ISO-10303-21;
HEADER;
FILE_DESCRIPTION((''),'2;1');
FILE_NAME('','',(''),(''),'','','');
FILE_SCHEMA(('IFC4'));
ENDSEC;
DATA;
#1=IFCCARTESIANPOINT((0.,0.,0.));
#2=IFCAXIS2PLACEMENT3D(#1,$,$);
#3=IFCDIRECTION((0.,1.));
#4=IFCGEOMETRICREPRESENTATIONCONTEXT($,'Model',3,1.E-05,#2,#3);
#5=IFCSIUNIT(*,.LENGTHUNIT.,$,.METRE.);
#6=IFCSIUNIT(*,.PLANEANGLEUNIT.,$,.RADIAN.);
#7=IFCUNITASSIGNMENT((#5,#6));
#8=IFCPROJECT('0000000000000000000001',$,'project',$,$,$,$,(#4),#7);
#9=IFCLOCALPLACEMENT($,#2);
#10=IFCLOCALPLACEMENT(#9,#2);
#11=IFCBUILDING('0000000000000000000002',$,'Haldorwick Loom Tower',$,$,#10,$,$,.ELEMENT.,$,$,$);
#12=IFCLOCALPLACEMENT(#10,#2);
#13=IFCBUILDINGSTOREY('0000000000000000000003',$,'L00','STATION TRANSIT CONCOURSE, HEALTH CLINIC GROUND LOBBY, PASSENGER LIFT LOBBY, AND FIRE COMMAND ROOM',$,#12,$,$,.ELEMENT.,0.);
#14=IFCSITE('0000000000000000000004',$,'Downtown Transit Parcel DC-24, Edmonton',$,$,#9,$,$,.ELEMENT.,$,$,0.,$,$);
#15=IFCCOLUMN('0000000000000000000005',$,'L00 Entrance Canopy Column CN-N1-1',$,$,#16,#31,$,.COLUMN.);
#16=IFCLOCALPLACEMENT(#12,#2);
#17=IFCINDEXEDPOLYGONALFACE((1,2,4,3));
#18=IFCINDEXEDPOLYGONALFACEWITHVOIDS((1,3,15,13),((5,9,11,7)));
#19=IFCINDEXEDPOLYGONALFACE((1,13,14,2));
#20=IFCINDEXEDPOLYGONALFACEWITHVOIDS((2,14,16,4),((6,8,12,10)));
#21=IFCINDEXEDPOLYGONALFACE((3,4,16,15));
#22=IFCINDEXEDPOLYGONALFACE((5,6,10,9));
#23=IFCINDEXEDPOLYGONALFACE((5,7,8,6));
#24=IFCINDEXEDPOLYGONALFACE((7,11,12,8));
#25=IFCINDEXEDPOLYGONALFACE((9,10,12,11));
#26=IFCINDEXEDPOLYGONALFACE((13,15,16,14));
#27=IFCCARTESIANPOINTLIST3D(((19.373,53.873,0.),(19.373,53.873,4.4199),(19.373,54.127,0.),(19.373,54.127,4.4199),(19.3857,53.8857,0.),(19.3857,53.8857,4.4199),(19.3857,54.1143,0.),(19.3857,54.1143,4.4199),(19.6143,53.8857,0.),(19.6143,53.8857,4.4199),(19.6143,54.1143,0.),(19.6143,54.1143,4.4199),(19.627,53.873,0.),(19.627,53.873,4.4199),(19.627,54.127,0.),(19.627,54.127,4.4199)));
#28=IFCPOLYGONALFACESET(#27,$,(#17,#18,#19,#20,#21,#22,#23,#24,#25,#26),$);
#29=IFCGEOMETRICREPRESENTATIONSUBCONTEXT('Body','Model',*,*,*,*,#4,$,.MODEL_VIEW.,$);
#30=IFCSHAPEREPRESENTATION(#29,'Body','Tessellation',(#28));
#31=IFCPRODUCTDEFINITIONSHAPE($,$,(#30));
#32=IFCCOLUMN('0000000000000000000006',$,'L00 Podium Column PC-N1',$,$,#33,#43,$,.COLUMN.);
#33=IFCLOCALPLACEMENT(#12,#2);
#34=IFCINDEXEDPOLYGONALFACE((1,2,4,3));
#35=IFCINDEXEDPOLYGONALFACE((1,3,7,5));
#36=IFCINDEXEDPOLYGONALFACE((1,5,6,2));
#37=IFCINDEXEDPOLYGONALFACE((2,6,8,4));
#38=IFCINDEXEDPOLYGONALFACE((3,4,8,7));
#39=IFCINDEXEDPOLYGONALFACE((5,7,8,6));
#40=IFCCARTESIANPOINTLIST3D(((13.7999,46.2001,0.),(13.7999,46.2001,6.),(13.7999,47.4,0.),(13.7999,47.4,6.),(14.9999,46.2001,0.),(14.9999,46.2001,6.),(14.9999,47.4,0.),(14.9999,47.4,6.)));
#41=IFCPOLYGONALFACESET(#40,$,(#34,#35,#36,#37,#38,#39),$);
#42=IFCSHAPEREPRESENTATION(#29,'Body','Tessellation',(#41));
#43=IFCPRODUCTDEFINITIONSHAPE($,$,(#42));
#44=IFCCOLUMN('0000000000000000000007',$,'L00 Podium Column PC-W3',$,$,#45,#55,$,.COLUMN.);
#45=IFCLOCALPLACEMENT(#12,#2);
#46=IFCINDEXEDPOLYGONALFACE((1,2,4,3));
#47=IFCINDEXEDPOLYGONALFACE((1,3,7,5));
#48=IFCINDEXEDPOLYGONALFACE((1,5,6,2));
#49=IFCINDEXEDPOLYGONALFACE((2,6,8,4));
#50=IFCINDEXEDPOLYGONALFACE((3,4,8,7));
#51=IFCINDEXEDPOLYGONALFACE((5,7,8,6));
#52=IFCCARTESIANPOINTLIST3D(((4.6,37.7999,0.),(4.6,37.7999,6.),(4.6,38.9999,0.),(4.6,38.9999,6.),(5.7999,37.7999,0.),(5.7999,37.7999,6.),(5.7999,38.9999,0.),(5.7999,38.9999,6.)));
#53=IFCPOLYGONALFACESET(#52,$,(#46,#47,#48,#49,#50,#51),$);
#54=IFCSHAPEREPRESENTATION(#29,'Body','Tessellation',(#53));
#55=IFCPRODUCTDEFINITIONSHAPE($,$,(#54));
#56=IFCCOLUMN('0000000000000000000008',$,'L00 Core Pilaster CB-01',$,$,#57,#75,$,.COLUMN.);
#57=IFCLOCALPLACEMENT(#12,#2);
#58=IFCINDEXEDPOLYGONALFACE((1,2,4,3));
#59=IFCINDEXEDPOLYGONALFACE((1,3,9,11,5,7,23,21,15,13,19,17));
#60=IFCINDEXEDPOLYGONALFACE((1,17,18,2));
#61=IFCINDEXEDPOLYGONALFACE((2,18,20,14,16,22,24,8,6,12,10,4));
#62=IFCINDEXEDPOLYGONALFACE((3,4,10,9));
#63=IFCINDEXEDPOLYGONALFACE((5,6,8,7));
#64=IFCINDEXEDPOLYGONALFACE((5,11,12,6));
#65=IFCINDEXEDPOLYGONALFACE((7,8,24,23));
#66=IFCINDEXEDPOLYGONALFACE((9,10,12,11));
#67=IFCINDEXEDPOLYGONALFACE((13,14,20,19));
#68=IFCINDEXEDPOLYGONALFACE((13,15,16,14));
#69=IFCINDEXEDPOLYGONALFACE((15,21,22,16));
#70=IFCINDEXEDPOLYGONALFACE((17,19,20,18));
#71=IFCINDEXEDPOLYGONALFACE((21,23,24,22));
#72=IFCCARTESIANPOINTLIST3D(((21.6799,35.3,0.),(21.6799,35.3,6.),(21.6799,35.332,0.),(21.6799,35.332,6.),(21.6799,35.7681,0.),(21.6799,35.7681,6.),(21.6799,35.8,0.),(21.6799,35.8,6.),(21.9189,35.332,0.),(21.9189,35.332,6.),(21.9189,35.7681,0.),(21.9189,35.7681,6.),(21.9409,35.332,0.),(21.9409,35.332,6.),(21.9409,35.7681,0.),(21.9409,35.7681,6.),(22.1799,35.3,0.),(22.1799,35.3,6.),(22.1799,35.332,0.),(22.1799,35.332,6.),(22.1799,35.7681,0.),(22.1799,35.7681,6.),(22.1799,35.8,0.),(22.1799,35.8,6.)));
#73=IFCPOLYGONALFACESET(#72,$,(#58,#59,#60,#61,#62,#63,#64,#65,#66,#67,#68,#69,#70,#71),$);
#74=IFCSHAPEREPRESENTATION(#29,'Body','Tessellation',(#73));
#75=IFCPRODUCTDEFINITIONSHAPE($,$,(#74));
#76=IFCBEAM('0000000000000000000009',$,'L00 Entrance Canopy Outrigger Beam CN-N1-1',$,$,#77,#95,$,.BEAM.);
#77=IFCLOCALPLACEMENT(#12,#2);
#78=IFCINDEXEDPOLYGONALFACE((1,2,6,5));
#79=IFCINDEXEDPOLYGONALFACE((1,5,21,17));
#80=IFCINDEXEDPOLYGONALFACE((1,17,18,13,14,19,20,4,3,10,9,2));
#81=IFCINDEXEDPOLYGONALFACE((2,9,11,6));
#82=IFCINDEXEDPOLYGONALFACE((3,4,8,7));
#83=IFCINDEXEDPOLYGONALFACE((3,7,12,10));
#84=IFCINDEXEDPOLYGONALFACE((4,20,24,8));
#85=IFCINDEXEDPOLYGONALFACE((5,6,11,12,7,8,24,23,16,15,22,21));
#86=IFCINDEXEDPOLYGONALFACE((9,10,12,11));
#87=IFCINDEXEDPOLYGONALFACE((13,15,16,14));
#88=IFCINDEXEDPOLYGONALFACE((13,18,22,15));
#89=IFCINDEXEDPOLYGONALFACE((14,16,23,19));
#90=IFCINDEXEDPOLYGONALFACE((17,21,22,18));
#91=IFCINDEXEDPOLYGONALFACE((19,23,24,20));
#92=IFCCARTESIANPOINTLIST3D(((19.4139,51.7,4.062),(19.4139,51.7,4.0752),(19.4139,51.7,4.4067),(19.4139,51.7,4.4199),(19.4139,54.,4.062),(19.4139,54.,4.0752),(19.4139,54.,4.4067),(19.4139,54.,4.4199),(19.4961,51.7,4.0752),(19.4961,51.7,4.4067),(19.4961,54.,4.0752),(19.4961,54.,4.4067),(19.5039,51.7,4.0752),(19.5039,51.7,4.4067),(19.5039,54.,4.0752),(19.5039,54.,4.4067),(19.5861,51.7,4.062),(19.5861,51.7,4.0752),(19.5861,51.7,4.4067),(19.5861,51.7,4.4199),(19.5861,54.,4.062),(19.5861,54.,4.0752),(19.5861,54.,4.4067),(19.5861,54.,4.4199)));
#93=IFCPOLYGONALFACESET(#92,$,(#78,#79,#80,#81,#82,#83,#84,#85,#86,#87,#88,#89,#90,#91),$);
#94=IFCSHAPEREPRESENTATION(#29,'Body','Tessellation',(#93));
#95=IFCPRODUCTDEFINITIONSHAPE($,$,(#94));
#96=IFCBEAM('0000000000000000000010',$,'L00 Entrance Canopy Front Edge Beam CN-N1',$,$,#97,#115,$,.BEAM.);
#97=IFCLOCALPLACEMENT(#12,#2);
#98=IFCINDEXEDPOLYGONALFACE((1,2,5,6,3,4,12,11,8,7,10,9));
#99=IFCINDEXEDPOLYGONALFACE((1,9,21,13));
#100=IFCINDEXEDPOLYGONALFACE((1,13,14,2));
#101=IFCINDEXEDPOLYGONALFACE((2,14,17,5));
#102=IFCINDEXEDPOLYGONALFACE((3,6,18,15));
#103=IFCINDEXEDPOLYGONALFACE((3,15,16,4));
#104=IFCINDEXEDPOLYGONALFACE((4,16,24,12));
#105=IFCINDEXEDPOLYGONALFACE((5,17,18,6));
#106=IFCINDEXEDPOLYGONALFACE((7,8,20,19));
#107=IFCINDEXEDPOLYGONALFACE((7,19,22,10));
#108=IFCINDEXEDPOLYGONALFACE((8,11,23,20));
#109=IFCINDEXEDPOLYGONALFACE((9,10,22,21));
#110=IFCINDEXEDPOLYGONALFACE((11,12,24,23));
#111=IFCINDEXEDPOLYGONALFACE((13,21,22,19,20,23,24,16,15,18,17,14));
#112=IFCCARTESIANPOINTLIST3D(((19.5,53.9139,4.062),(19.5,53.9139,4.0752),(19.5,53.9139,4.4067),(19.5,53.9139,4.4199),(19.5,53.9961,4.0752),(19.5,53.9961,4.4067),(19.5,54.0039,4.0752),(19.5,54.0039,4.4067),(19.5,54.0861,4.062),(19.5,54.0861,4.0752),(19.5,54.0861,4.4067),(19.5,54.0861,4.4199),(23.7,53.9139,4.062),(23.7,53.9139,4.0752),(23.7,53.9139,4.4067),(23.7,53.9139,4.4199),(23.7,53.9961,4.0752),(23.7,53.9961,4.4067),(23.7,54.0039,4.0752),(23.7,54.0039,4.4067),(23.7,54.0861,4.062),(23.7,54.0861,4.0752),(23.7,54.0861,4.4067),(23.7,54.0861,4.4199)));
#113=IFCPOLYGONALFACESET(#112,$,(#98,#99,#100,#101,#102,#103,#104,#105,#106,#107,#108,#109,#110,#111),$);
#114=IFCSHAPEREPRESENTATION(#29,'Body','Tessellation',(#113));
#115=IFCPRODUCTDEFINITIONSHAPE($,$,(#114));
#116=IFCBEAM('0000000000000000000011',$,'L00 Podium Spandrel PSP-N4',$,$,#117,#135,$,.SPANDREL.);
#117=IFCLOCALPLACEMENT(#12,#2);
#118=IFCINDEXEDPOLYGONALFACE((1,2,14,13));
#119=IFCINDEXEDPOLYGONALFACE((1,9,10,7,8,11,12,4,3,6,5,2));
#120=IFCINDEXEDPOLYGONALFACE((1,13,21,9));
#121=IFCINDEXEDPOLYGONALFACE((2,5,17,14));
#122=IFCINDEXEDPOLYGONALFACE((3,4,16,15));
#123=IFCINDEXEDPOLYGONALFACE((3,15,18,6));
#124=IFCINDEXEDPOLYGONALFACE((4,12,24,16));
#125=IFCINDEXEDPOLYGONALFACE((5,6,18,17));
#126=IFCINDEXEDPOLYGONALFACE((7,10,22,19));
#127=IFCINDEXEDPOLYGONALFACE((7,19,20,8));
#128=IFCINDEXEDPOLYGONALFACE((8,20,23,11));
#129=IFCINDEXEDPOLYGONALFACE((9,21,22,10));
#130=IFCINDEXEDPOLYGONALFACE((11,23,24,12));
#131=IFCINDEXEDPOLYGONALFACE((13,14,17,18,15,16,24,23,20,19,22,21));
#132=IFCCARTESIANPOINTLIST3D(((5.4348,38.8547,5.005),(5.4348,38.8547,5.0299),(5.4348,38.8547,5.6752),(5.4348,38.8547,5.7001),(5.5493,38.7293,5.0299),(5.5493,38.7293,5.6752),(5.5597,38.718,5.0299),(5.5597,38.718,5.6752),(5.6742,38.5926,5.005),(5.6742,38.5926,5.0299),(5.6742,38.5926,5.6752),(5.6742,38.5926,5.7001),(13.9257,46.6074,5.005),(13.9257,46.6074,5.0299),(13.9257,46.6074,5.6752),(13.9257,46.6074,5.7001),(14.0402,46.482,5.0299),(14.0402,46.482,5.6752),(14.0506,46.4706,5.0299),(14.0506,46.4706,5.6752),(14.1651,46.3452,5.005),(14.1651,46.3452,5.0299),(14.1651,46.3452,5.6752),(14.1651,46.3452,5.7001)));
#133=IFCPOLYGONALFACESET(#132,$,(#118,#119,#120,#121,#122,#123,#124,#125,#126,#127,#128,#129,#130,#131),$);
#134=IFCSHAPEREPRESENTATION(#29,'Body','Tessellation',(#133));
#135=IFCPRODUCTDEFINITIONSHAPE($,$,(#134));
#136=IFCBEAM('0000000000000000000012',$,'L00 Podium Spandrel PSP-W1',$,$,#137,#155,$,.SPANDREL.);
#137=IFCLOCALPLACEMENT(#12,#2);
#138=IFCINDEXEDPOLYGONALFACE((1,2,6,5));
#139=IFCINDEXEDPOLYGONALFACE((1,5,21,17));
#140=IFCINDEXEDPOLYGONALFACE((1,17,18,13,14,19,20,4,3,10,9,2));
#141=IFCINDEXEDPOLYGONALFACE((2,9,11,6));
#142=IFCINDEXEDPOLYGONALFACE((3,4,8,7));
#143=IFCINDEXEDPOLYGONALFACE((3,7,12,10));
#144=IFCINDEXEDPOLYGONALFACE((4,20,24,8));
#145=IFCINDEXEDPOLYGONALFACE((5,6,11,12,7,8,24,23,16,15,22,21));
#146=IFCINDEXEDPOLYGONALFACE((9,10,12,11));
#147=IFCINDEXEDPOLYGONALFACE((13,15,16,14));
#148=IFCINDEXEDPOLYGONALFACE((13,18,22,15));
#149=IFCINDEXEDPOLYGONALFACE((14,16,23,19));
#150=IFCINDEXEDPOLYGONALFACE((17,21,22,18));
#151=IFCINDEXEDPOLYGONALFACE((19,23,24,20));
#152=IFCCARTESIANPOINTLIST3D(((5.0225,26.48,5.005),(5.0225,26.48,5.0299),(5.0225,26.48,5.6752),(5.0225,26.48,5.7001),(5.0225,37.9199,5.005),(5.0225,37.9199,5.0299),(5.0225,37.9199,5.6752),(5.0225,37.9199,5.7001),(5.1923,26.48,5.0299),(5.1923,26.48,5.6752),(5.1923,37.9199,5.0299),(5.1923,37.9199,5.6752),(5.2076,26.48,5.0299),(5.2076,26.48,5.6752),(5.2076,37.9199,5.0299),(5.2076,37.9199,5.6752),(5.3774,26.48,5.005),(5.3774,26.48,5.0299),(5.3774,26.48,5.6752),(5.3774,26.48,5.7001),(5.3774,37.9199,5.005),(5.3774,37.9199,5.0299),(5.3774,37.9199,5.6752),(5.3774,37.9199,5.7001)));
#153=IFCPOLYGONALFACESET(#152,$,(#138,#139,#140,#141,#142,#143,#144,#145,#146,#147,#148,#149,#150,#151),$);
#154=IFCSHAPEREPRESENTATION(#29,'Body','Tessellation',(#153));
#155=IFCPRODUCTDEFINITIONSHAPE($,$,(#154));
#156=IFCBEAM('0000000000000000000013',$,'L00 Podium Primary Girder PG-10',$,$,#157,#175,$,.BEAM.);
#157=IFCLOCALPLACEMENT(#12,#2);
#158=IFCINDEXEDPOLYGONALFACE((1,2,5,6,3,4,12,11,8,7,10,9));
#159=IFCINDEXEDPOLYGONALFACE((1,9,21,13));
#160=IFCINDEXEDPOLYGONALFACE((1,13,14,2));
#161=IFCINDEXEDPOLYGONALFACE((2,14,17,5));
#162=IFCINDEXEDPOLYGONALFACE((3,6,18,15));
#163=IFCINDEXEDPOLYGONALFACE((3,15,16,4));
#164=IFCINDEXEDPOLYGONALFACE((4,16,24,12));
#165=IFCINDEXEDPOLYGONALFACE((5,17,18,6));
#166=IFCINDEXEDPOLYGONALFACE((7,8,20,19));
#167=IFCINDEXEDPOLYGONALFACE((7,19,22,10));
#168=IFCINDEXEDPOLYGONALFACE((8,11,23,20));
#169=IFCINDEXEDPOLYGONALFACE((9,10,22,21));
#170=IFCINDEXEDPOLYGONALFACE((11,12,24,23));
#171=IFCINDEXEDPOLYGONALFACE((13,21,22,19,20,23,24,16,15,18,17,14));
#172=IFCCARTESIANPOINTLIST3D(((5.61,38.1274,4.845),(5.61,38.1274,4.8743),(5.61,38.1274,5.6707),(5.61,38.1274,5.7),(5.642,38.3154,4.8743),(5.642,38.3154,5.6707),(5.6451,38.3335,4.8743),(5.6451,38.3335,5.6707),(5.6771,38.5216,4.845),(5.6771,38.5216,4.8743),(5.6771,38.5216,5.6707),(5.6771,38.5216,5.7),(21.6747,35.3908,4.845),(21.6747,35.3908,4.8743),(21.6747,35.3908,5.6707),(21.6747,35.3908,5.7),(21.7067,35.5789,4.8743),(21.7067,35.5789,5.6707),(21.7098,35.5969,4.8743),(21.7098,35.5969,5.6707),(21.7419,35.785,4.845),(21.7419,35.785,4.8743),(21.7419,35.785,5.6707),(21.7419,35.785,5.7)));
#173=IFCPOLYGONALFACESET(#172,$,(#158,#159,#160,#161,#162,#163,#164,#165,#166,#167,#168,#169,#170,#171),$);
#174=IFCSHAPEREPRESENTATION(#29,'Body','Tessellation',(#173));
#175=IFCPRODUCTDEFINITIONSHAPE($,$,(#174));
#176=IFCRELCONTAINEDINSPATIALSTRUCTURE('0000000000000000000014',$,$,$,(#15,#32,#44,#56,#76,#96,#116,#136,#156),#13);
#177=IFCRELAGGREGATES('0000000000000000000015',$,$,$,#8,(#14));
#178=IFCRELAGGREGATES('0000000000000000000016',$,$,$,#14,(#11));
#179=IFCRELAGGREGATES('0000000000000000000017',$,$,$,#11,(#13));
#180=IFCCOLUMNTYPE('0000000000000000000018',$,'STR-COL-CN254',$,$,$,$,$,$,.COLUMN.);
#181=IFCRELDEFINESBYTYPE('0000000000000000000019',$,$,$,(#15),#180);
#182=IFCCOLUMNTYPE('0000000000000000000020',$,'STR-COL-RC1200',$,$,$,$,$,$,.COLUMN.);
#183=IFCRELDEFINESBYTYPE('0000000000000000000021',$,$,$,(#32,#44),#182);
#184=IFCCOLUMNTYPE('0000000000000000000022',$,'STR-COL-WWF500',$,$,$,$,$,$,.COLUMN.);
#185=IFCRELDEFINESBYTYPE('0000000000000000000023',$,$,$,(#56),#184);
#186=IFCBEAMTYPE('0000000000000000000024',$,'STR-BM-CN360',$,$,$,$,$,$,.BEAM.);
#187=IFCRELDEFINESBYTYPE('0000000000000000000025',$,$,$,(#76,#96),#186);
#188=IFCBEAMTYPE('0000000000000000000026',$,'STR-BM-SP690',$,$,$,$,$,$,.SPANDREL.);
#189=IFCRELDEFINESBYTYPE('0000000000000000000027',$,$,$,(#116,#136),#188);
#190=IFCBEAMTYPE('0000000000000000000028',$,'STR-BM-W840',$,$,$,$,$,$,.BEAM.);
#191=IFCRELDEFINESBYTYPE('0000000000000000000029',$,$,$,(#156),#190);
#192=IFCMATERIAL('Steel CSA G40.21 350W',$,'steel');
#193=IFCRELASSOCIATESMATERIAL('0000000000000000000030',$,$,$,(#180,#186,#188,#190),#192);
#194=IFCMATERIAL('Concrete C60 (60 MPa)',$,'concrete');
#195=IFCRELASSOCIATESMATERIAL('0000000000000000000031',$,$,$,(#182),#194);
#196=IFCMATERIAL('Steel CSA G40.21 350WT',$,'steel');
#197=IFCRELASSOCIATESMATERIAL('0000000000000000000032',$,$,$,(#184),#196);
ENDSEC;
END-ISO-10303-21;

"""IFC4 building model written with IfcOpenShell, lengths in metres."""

from ifc_helpers import new_model, si_unit, direction, frame, origin, origin_2d, place, context, subcontext, project, spatial, rectangle, hollow_rectangle, i_section, extrude, material, material_profile, profile_set, type_object, element, save


model = new_model("IFC4")

# Units and contexts
model_context = context("Model", 3, precision=1e-05, world=origin(), true_north=direction((0.0, 1.0)))
body_context = subcontext(model_context, "Body", "Model", "MODEL_VIEW")
ifc_project = project(units=[si_unit("LENGTHUNIT", "METRE"), si_unit("PLANEANGLEUNIT", "RADIAN")], contexts=[model_context])

# Site, building, storey
site_placement = place(None, origin())
site = spatial("IfcSite", under=ifc_project, at=site_placement, Name="Downtown Transit Parcel DC-24, Edmonton", CompositionType="ELEMENT", RefElevation=0.0)
building_placement = place(site_placement, origin())
building = spatial("IfcBuilding", under=site, at=building_placement, Name="Haldorwick Loom Tower", CompositionType="ELEMENT")
storey_placement = place(building_placement, origin())
storey = spatial("IfcBuildingStorey", under=building, at=storey_placement, Name="L00", Description="STATION TRANSIT CONCOURSE, HEALTH CLINIC GROUND LOBBY, PASSENGER LIFT LOBBY, AND FIRE COMMAND ROOM", CompositionType="ELEMENT", Elevation=0.0)

# Columns
ifc_material_1 = material(Name="Steel CSA G40.21 350W", Category="steel")
ifc_material_profile_1 = material_profile(ifc_material_1, hollow_rectangle(XDim=0.2539, YDim=0.2539, WallThickness=0.0127, at=origin_2d()), Name="HSS254X254X13", Category="steel")
ifc_profile_set_1 = profile_set([ifc_material_profile_1], Name="Steel CSA G40.21 350W")
column_type_1 = type_object("IfcColumnType", Name="STR-COL-CN254", PredefinedType="COLUMN", material=ifc_profile_set_1)
column_1_placement = place(storey_placement, frame((19.5, 54.0, 0.0), z_axis=(0.0, 0.0, 1.0), x_axis=(1.0, 0.0, 0.0)))
element("IfcColumn", 1, at=column_1_placement, inside=storey, type_object=column_type_1, Name="L00 Entrance Canopy Column CN-N1-1", PredefinedType="COLUMN", context=body_context, shape_type="SweptSolid", body=[
    extrude(hollow_rectangle(XDim=0.2539, YDim=0.2539, WallThickness=0.0127, at=origin_2d()), origin(), (0.0, 0.0, 1.0), 4.4199),
])
ifc_material_2 = material(Name="Concrete C60 (60 MPa)", Category="concrete")
ifc_material_profile_2 = material_profile(ifc_material_2, rectangle(XDim=1.2, YDim=1.2, at=origin_2d()), Name="RC1200X1200", Category="concrete")
ifc_profile_set_2 = profile_set([ifc_material_profile_2], Name="Concrete C60 (60 MPa)")
column_type_2 = type_object("IfcColumnType", Name="STR-COL-RC1200", PredefinedType="COLUMN", material=ifc_profile_set_2)
for number, where, z_axis, x_axis, name in (
    (2, (14.3999, 46.8, 0.0), (0.0, 0.0, 1.0), (1.0, 0.0, 0.0), "L00 Podium Column PC-N1"),
    (3, (5.2, 38.3999, 0.0), (0.0, 0.0, 1.0), (1.0, 0.0, 0.0), "L00 Podium Column PC-W3"),
):
    element("IfcColumn", number, at=place(storey_placement, frame(where, z_axis=z_axis, x_axis=x_axis)), inside=storey, type_object=column_type_2, Name=name, PredefinedType="COLUMN", context=body_context, shape_type="SweptSolid", body=[
        extrude(rectangle(XDim=1.2, YDim=1.2, at=origin_2d()), origin(), (0.0, 0.0, 1.0), 6.0),
    ])
ifc_material_3 = material(Name="Steel CSA G40.21 350WT", Category="steel")
ifc_material_profile_3 = material_profile(ifc_material_3, i_section(OverallWidth=0.5, OverallDepth=0.5, WebThickness=0.022, FlangeThickness=0.032, at=origin_2d()), Name="WWF500X500", Category="steel")
ifc_profile_set_3 = profile_set([ifc_material_profile_3], Name="Steel CSA G40.21 350WT")
column_type_3 = type_object("IfcColumnType", Name="STR-COL-WWF500", PredefinedType="COLUMN", material=ifc_profile_set_3)
column_2_placement = place(storey_placement, frame((21.9299, 35.55, 0.0), z_axis=(0.0, 0.0, 1.0), x_axis=(1.0, 0.0, 0.0)))
element("IfcColumn", 4, at=column_2_placement, inside=storey, type_object=column_type_3, Name="L00 Core Pilaster CB-01", PredefinedType="COLUMN", context=body_context, shape_type="SweptSolid", body=[
    extrude(i_section(OverallWidth=0.5, OverallDepth=0.5, WebThickness=0.022, FlangeThickness=0.032, at=origin_2d()), origin(), (0.0, 0.0, 1.0), 6.0),
])

# Beams
ifc_material_profile_4 = material_profile(ifc_material_1, i_section(OverallWidth=0.1721, OverallDepth=0.3579, WebThickness=0.0078, FlangeThickness=0.0132, at=origin_2d()), Name="W360X57", Category="steel")
ifc_profile_set_4 = profile_set([ifc_material_profile_4], Name="Steel CSA G40.21 350W")
beam_type_1 = type_object("IfcBeamType", Name="STR-BM-CN360", PredefinedType="BEAM", material=ifc_profile_set_4)
beam_1_placement = place(storey_placement, frame((19.5, 51.7, 4.241), z_axis=(0.0, 1.0, 0.0), x_axis=(-1.0, 0.0, 0.0)))
element("IfcBeam", 5, at=beam_1_placement, inside=storey, type_object=beam_type_1, Name="L00 Entrance Canopy Outrigger Beam CN-N1-1", PredefinedType="BEAM", context=body_context, shape_type="SweptSolid", body=[
    extrude(i_section(OverallWidth=0.1721, OverallDepth=0.3579, WebThickness=0.0078, FlangeThickness=0.0132, at=origin_2d()), origin(), (0.0, 0.0, 1.0), 2.3),
])
beam_2_placement = place(storey_placement, frame((19.5, 54.0, 4.241), z_axis=(1.0, 0.0, 0.0), x_axis=(0.0, 1.0, 0.0)))
element("IfcBeam", 6, at=beam_2_placement, inside=storey, type_object=beam_type_1, Name="L00 Entrance Canopy Front Edge Beam CN-N1", PredefinedType="BEAM", context=body_context, shape_type="SweptSolid", body=[
    extrude(i_section(OverallWidth=0.1721, OverallDepth=0.3579, WebThickness=0.0078, FlangeThickness=0.0132, at=origin_2d()), origin(), (0.0, 0.0, 1.0), 4.2),
])
ifc_material_profile_5 = material_profile(ifc_material_1, i_section(OverallWidth=0.355, OverallDepth=0.6951, WebThickness=0.0154, FlangeThickness=0.0249, at=origin_2d()), Name="W690X217", Category="steel")
ifc_profile_set_5 = profile_set([ifc_material_profile_5], Name="Steel CSA G40.21 350W")
beam_type_2 = type_object("IfcBeamType", Name="STR-BM-SP690", PredefinedType="SPANDREL", material=ifc_profile_set_5)
beam_3_placement = place(storey_placement, frame((14.0454, 46.4763, 5.3525), z_axis=(-0.738483, -0.674272, 0.0), x_axis=(0.674272, -0.738483, 0.0)))
element("IfcBeam", 7, at=beam_3_placement, inside=storey, type_object=beam_type_2, Name="L00 Podium Spandrel PSP-N4", PredefinedType="SPANDREL", context=body_context, shape_type="SweptSolid", body=[
    extrude(i_section(OverallWidth=0.355, OverallDepth=0.6951, WebThickness=0.0154, FlangeThickness=0.0249, at=origin_2d()), origin(), (0.0, 0.0, 1.0), 11.4978),
])
beam_4_placement = place(storey_placement, frame((5.2, 37.9199, 5.3525), z_axis=(0.0, -1.0, 0.0), x_axis=(1.0, 0.0, 0.0)))
element("IfcBeam", 8, at=beam_4_placement, inside=storey, type_object=beam_type_2, Name="L00 Podium Spandrel PSP-W1", PredefinedType="SPANDREL", context=body_context, shape_type="SweptSolid", body=[
    extrude(i_section(OverallWidth=0.355, OverallDepth=0.6951, WebThickness=0.0154, FlangeThickness=0.0249, at=origin_2d()), origin(), (0.0, 0.0, 1.0), 11.4399),
])
ifc_material_profile_6 = material_profile(ifc_material_1, i_section(OverallWidth=0.3999, OverallDepth=0.855, WebThickness=0.0183, FlangeThickness=0.0293, at=origin_2d()), Name="W840X299", Category="steel")
ifc_profile_set_6 = profile_set([ifc_material_profile_6], Name="Steel CSA G40.21 350W")
beam_type_3 = type_object("IfcBeamType", Name="STR-BM-W840", PredefinedType="BEAM", material=ifc_profile_set_6)
beam_5_placement = place(storey_placement, frame((5.6436, 38.3245, 5.2725), z_axis=(0.985799, -0.167928, 0.0), x_axis=(0.167928, 0.985799, 0.0)))
element("IfcBeam", 9, at=beam_5_placement, inside=storey, type_object=beam_type_3, Name="L00 Podium Primary Girder PG-10", PredefinedType="BEAM", context=body_context, shape_type="SweptSolid", body=[
    extrude(i_section(OverallWidth=0.3999, OverallDepth=0.855, WebThickness=0.0183, FlangeThickness=0.0293, at=origin_2d()), origin(), (0.0, 0.0, 1.0), 16.2961),
])

save(model, "model.ifc")
